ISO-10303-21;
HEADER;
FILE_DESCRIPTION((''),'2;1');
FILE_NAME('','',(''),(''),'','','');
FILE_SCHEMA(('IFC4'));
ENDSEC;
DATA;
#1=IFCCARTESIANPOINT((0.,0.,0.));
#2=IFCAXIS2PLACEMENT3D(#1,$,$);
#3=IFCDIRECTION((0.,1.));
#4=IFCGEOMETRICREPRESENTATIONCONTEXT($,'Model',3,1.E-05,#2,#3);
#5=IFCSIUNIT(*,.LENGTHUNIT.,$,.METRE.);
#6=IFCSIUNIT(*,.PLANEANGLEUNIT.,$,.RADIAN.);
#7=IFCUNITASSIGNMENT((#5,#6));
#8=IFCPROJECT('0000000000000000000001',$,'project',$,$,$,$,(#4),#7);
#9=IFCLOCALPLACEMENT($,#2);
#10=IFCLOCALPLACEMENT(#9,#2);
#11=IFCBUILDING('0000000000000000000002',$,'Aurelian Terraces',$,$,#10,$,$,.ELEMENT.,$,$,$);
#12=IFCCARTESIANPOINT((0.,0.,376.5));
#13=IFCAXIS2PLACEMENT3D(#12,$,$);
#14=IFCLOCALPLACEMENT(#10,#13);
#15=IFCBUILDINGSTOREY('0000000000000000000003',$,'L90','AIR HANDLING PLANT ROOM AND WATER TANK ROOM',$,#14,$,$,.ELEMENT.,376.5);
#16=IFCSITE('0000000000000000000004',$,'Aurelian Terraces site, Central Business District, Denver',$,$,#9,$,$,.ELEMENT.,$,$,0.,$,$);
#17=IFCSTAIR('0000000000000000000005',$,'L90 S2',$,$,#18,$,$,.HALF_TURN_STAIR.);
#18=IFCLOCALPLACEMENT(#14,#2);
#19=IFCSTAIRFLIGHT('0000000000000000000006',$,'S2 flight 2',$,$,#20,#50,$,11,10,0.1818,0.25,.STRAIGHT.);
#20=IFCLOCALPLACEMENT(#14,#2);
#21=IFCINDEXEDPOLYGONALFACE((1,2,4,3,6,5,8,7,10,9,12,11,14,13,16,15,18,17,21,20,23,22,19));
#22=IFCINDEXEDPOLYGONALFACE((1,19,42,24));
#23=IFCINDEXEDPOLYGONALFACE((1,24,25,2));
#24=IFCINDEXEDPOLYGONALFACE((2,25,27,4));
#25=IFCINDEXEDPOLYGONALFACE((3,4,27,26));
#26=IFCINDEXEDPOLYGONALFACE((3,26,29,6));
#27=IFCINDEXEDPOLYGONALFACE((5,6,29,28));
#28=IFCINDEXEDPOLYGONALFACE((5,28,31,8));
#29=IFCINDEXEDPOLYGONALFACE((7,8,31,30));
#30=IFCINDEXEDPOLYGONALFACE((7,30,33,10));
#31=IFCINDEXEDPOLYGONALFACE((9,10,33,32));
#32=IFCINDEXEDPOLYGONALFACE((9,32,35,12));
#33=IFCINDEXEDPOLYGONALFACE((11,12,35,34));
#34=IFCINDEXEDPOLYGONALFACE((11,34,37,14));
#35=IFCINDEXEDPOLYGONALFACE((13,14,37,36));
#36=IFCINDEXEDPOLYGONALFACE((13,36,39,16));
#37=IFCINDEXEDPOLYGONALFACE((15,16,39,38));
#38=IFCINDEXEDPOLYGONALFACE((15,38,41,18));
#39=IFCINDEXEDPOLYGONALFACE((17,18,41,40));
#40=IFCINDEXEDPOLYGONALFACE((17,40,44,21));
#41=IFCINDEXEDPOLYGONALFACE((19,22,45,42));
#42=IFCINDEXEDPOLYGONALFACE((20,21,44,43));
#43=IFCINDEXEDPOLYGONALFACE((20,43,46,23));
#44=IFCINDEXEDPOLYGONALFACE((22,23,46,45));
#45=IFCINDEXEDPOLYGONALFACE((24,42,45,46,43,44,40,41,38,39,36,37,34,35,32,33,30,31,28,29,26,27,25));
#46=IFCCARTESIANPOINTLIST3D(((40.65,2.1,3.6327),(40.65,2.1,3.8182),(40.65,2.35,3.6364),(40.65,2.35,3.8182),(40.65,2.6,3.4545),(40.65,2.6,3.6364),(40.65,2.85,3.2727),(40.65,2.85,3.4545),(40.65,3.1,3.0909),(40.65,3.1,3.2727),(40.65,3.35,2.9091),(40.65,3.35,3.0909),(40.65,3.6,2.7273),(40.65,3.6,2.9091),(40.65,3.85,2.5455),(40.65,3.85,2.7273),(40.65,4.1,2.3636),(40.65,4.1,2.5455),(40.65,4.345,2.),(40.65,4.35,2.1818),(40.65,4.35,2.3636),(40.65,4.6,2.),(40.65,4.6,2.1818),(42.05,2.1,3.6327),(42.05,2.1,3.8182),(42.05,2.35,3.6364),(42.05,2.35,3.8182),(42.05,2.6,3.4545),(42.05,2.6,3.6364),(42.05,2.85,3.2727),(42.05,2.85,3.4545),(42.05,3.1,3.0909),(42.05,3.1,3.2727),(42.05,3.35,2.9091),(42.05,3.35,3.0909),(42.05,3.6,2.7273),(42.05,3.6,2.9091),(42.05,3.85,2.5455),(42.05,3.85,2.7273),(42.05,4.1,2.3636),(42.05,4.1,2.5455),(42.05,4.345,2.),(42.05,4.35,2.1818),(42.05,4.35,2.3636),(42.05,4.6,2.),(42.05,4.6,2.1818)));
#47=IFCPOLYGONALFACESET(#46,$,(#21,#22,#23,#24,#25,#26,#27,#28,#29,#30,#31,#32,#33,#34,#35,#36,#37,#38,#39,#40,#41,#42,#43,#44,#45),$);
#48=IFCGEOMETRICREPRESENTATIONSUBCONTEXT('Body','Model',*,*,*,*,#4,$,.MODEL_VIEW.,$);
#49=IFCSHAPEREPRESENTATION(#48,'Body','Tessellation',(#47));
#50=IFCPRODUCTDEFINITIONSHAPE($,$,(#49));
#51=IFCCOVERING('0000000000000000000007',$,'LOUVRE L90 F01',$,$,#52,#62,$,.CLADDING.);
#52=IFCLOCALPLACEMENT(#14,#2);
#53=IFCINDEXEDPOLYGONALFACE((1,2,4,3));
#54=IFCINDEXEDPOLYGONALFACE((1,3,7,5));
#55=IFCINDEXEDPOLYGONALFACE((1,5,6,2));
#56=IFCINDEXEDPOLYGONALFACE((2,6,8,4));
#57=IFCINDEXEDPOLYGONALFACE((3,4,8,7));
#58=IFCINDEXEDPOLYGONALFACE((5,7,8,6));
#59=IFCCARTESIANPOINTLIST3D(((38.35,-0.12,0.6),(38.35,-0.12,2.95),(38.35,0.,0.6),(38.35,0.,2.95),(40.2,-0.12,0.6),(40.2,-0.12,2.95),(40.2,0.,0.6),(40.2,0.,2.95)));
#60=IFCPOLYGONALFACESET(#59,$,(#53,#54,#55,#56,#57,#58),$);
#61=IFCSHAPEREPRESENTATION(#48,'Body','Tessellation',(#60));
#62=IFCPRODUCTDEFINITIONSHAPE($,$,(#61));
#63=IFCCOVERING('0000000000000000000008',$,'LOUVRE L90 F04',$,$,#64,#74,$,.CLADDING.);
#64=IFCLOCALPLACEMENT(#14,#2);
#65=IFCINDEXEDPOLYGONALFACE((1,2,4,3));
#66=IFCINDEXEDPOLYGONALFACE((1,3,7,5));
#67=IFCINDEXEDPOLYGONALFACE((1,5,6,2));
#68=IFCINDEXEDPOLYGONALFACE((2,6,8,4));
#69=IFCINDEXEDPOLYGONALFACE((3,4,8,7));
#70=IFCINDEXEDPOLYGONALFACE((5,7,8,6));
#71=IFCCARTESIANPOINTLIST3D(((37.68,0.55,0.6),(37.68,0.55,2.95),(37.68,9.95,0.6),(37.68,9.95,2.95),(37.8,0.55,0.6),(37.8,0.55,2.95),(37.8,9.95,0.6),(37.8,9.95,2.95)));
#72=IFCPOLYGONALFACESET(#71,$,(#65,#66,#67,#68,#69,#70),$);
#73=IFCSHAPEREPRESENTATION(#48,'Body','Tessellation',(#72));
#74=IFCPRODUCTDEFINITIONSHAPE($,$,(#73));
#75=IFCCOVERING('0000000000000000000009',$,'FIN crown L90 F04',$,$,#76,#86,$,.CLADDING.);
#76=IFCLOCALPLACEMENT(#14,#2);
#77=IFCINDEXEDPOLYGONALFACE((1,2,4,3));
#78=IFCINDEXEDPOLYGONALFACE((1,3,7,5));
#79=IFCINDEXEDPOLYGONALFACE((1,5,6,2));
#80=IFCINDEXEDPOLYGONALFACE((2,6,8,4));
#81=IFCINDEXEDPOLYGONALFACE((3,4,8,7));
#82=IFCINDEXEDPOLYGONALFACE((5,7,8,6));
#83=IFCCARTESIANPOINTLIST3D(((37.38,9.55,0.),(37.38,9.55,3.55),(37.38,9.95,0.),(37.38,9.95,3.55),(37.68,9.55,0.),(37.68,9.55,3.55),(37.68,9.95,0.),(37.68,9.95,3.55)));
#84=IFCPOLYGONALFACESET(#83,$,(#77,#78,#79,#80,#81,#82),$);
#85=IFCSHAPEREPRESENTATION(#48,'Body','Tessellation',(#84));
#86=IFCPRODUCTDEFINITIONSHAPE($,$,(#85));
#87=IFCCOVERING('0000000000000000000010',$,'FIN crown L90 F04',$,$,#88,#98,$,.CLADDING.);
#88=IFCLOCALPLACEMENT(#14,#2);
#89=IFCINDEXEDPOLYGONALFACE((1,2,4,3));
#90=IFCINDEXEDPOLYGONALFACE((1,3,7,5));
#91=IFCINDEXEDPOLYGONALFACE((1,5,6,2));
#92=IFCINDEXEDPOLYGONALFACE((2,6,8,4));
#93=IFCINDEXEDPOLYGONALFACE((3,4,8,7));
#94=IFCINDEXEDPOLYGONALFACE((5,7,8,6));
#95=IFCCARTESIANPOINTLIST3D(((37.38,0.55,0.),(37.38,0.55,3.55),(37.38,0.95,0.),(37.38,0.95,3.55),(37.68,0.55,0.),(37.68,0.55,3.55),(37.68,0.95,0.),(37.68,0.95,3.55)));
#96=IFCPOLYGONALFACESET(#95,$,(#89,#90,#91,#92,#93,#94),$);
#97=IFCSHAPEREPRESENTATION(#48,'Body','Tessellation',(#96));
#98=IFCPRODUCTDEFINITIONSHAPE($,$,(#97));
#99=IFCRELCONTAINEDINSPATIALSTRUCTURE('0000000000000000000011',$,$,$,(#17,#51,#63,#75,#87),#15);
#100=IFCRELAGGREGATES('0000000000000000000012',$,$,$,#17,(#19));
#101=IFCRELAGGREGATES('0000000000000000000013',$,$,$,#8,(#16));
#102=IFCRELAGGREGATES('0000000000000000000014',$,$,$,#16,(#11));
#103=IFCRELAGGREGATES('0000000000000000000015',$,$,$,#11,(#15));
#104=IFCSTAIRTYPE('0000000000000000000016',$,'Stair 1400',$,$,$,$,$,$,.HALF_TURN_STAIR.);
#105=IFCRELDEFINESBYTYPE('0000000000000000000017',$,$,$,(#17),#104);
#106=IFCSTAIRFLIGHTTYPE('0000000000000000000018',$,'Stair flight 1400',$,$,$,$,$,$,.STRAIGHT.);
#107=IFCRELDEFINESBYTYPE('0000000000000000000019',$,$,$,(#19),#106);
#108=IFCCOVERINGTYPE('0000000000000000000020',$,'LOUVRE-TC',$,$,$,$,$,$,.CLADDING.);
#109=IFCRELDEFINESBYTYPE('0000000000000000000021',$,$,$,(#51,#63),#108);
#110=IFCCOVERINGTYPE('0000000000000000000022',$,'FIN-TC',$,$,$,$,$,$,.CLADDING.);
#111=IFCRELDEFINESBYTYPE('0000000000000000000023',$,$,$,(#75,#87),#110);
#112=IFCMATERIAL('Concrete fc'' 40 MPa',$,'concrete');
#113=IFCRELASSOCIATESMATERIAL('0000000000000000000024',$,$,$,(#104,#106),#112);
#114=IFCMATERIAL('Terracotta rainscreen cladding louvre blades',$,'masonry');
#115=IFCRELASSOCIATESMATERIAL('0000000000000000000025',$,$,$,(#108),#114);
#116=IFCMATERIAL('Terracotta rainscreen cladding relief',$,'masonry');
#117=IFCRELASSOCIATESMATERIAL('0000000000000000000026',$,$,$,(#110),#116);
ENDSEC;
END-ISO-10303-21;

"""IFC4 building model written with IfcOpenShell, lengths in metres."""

from ifc_helpers import new_model, si_unit, direction, frame, origin, origin_2d, place, context, subcontext, project, spatial, polyline, rectangle, outline, extrude, source, transform, mapped, material, type_object, element, aggregate, save


model = new_model("IFC4")

# Units and contexts
model_context = context("Model", 3, precision=1e-05, world=origin(), true_north=direction((0.0, 1.0)))
body_context = subcontext(model_context, "Body", "Model", "MODEL_VIEW")
ifc_project = project(units=[si_unit("LENGTHUNIT", "METRE"), si_unit("PLANEANGLEUNIT", "RADIAN")], contexts=[model_context])

# Site, building, storey
site_placement = place(None, origin())
site = spatial("IfcSite", under=ifc_project, at=site_placement, Name="Aurelian Terraces site, Central Business District, Denver", CompositionType="ELEMENT", RefElevation=0.0)
building_placement = place(site_placement, origin())
building = spatial("IfcBuilding", under=site, at=building_placement, Name="Aurelian Terraces", CompositionType="ELEMENT")
storey_placement = place(building_placement, frame((0.0, 0.0, 376.5)))
storey = spatial("IfcBuildingStorey", under=building, at=storey_placement, Name="L90", Description="AIR HANDLING PLANT ROOM AND WATER TANK ROOM", CompositionType="ELEMENT", Elevation=376.5)

# Shared definitions
ifc_material_1 = material(Name="Concrete fc' 40 MPa", Category="concrete")

# Stair, stair flight
stair_type = type_object("IfcStairType", Name="Stair 1400", PredefinedType="HALF_TURN_STAIR", material=ifc_material_1)
stair_placement = place(storey_placement, origin())
stair = element("IfcStair", 1, at=stair_placement, inside=storey, type_object=stair_type, Name="L90 S2", PredefinedType="HALF_TURN_STAIR")
stair_flight_type = type_object("IfcStairFlightType", Name="Stair flight 1400", PredefinedType="STRAIGHT", material=ifc_material_1)
shared_shape_1 = source(origin(), body_context, "Body", "SweptSolid", [
    extrude(outline(polyline([(0.0, 0.0), (0.0, 0.1818), (0.25, 0.1818), (0.25, 0.3636), (0.5, 0.3636), (0.5, 0.5455), (0.75, 0.5455), (0.75, 0.7273), (1.0, 0.7273), (1.0, 0.9091), (1.25, 0.9091), (1.25, 1.0909), (1.5, 1.0909), (1.5, 1.2727), (1.75, 1.2727), (1.75, 1.4545), (2.0, 1.4545), (2.0, 1.6364), (2.25, 1.6364), (2.25, 1.8182), (2.5, 1.8182), (2.5, 2.0), (2.5, 1.6327), (0.255, 0.0), (0.0, 0.0)])), frame((0.0, 0.7, 0.0), z_axis=(0.0, -1.0, 0.0), x_axis=(1.0, 0.0, 0.0)), (0.0, 0.0, 1.0), 1.4),
])
stair_flight_placement = place(storey_placement, frame((41.35, 4.6, 2.0), z_axis=(0.0, 0.0, 1.0), x_axis=(0.0, -1.0, 0.0)))
stair_flight = element("IfcStairFlight", 2, at=stair_flight_placement, type_object=stair_flight_type, Name="S2 flight 2", NumberOfRisers=11, NumberOfTreads=10, PredefinedType="STRAIGHT", RiserHeight=0.1818, TreadLength=0.25, context=body_context, shape_type="MappedRepresentation", body=[
    mapped(shared_shape_1, transform((0.0, 0.0, 0.0), scale=1.0)),
])
aggregate(stair, [stair_flight])

# Coverings
ifc_material_2 = material(Name="Terracotta rainscreen cladding louvre blades", Category="masonry")
covering_type_1 = type_object("IfcCoveringType", Name="LOUVRE-TC", PredefinedType="CLADDING", material=ifc_material_2)
covering_1_placement = place(storey_placement, frame((39.275, -0.06, 0.6), z_axis=(0.0, 0.0, 1.0), x_axis=(1.0, 0.0, 0.0)))
element("IfcCovering", 3, at=covering_1_placement, inside=storey, type_object=covering_type_1, Name="LOUVRE L90 F01", PredefinedType="CLADDING", context=body_context, shape_type="SweptSolid", body=[
    extrude(rectangle(XDim=1.85, YDim=0.12, at=origin_2d()), origin(), (0.0, 0.0, 1.0), 2.35),
])
covering_2_placement = place(storey_placement, frame((37.74, 5.25, 0.6), z_axis=(0.0, 0.0, 1.0), x_axis=(1.0, 0.0, 0.0)))
element("IfcCovering", 4, at=covering_2_placement, inside=storey, type_object=covering_type_1, Name="LOUVRE L90 F04", PredefinedType="CLADDING", context=body_context, shape_type="SweptSolid", body=[
    extrude(rectangle(XDim=0.12, YDim=9.4, at=origin_2d()), origin(), (0.0, 0.0, 1.0), 2.35),
])
ifc_material_3 = material(Name="Terracotta rainscreen cladding relief", Category="masonry")
covering_type_2 = type_object("IfcCoveringType", Name="FIN-TC", PredefinedType="CLADDING", material=ifc_material_3)
shared_shape_2 = source(origin(), body_context, "Body", "SweptSolid", [
    extrude(rectangle(XDim=0.3, YDim=0.4, at=origin_2d()), origin(), (0.0, 0.0, 1.0), 3.55),
])
for number, where, z_axis, x_axis, name in (
    (5, (37.53, 9.75, 0.0), (0.0, 0.0, 1.0), (1.0, 0.0, 0.0), "FIN crown L90 F04"),
    (6, (37.53, 0.75, 0.0), (0.0, 0.0, 1.0), (1.0, 0.0, 0.0), "FIN crown L90 F04"),
):
    element("IfcCovering", number, at=place(storey_placement, frame(where, z_axis=z_axis, x_axis=x_axis)), inside=storey, type_object=covering_type_2, Name=name, PredefinedType="CLADDING", context=body_context, shape_type="MappedRepresentation", body=[
        mapped(shared_shape_2, transform((0.0, 0.0, 0.0), scale=1.0)),
    ])

save(model, "model.ifc")
